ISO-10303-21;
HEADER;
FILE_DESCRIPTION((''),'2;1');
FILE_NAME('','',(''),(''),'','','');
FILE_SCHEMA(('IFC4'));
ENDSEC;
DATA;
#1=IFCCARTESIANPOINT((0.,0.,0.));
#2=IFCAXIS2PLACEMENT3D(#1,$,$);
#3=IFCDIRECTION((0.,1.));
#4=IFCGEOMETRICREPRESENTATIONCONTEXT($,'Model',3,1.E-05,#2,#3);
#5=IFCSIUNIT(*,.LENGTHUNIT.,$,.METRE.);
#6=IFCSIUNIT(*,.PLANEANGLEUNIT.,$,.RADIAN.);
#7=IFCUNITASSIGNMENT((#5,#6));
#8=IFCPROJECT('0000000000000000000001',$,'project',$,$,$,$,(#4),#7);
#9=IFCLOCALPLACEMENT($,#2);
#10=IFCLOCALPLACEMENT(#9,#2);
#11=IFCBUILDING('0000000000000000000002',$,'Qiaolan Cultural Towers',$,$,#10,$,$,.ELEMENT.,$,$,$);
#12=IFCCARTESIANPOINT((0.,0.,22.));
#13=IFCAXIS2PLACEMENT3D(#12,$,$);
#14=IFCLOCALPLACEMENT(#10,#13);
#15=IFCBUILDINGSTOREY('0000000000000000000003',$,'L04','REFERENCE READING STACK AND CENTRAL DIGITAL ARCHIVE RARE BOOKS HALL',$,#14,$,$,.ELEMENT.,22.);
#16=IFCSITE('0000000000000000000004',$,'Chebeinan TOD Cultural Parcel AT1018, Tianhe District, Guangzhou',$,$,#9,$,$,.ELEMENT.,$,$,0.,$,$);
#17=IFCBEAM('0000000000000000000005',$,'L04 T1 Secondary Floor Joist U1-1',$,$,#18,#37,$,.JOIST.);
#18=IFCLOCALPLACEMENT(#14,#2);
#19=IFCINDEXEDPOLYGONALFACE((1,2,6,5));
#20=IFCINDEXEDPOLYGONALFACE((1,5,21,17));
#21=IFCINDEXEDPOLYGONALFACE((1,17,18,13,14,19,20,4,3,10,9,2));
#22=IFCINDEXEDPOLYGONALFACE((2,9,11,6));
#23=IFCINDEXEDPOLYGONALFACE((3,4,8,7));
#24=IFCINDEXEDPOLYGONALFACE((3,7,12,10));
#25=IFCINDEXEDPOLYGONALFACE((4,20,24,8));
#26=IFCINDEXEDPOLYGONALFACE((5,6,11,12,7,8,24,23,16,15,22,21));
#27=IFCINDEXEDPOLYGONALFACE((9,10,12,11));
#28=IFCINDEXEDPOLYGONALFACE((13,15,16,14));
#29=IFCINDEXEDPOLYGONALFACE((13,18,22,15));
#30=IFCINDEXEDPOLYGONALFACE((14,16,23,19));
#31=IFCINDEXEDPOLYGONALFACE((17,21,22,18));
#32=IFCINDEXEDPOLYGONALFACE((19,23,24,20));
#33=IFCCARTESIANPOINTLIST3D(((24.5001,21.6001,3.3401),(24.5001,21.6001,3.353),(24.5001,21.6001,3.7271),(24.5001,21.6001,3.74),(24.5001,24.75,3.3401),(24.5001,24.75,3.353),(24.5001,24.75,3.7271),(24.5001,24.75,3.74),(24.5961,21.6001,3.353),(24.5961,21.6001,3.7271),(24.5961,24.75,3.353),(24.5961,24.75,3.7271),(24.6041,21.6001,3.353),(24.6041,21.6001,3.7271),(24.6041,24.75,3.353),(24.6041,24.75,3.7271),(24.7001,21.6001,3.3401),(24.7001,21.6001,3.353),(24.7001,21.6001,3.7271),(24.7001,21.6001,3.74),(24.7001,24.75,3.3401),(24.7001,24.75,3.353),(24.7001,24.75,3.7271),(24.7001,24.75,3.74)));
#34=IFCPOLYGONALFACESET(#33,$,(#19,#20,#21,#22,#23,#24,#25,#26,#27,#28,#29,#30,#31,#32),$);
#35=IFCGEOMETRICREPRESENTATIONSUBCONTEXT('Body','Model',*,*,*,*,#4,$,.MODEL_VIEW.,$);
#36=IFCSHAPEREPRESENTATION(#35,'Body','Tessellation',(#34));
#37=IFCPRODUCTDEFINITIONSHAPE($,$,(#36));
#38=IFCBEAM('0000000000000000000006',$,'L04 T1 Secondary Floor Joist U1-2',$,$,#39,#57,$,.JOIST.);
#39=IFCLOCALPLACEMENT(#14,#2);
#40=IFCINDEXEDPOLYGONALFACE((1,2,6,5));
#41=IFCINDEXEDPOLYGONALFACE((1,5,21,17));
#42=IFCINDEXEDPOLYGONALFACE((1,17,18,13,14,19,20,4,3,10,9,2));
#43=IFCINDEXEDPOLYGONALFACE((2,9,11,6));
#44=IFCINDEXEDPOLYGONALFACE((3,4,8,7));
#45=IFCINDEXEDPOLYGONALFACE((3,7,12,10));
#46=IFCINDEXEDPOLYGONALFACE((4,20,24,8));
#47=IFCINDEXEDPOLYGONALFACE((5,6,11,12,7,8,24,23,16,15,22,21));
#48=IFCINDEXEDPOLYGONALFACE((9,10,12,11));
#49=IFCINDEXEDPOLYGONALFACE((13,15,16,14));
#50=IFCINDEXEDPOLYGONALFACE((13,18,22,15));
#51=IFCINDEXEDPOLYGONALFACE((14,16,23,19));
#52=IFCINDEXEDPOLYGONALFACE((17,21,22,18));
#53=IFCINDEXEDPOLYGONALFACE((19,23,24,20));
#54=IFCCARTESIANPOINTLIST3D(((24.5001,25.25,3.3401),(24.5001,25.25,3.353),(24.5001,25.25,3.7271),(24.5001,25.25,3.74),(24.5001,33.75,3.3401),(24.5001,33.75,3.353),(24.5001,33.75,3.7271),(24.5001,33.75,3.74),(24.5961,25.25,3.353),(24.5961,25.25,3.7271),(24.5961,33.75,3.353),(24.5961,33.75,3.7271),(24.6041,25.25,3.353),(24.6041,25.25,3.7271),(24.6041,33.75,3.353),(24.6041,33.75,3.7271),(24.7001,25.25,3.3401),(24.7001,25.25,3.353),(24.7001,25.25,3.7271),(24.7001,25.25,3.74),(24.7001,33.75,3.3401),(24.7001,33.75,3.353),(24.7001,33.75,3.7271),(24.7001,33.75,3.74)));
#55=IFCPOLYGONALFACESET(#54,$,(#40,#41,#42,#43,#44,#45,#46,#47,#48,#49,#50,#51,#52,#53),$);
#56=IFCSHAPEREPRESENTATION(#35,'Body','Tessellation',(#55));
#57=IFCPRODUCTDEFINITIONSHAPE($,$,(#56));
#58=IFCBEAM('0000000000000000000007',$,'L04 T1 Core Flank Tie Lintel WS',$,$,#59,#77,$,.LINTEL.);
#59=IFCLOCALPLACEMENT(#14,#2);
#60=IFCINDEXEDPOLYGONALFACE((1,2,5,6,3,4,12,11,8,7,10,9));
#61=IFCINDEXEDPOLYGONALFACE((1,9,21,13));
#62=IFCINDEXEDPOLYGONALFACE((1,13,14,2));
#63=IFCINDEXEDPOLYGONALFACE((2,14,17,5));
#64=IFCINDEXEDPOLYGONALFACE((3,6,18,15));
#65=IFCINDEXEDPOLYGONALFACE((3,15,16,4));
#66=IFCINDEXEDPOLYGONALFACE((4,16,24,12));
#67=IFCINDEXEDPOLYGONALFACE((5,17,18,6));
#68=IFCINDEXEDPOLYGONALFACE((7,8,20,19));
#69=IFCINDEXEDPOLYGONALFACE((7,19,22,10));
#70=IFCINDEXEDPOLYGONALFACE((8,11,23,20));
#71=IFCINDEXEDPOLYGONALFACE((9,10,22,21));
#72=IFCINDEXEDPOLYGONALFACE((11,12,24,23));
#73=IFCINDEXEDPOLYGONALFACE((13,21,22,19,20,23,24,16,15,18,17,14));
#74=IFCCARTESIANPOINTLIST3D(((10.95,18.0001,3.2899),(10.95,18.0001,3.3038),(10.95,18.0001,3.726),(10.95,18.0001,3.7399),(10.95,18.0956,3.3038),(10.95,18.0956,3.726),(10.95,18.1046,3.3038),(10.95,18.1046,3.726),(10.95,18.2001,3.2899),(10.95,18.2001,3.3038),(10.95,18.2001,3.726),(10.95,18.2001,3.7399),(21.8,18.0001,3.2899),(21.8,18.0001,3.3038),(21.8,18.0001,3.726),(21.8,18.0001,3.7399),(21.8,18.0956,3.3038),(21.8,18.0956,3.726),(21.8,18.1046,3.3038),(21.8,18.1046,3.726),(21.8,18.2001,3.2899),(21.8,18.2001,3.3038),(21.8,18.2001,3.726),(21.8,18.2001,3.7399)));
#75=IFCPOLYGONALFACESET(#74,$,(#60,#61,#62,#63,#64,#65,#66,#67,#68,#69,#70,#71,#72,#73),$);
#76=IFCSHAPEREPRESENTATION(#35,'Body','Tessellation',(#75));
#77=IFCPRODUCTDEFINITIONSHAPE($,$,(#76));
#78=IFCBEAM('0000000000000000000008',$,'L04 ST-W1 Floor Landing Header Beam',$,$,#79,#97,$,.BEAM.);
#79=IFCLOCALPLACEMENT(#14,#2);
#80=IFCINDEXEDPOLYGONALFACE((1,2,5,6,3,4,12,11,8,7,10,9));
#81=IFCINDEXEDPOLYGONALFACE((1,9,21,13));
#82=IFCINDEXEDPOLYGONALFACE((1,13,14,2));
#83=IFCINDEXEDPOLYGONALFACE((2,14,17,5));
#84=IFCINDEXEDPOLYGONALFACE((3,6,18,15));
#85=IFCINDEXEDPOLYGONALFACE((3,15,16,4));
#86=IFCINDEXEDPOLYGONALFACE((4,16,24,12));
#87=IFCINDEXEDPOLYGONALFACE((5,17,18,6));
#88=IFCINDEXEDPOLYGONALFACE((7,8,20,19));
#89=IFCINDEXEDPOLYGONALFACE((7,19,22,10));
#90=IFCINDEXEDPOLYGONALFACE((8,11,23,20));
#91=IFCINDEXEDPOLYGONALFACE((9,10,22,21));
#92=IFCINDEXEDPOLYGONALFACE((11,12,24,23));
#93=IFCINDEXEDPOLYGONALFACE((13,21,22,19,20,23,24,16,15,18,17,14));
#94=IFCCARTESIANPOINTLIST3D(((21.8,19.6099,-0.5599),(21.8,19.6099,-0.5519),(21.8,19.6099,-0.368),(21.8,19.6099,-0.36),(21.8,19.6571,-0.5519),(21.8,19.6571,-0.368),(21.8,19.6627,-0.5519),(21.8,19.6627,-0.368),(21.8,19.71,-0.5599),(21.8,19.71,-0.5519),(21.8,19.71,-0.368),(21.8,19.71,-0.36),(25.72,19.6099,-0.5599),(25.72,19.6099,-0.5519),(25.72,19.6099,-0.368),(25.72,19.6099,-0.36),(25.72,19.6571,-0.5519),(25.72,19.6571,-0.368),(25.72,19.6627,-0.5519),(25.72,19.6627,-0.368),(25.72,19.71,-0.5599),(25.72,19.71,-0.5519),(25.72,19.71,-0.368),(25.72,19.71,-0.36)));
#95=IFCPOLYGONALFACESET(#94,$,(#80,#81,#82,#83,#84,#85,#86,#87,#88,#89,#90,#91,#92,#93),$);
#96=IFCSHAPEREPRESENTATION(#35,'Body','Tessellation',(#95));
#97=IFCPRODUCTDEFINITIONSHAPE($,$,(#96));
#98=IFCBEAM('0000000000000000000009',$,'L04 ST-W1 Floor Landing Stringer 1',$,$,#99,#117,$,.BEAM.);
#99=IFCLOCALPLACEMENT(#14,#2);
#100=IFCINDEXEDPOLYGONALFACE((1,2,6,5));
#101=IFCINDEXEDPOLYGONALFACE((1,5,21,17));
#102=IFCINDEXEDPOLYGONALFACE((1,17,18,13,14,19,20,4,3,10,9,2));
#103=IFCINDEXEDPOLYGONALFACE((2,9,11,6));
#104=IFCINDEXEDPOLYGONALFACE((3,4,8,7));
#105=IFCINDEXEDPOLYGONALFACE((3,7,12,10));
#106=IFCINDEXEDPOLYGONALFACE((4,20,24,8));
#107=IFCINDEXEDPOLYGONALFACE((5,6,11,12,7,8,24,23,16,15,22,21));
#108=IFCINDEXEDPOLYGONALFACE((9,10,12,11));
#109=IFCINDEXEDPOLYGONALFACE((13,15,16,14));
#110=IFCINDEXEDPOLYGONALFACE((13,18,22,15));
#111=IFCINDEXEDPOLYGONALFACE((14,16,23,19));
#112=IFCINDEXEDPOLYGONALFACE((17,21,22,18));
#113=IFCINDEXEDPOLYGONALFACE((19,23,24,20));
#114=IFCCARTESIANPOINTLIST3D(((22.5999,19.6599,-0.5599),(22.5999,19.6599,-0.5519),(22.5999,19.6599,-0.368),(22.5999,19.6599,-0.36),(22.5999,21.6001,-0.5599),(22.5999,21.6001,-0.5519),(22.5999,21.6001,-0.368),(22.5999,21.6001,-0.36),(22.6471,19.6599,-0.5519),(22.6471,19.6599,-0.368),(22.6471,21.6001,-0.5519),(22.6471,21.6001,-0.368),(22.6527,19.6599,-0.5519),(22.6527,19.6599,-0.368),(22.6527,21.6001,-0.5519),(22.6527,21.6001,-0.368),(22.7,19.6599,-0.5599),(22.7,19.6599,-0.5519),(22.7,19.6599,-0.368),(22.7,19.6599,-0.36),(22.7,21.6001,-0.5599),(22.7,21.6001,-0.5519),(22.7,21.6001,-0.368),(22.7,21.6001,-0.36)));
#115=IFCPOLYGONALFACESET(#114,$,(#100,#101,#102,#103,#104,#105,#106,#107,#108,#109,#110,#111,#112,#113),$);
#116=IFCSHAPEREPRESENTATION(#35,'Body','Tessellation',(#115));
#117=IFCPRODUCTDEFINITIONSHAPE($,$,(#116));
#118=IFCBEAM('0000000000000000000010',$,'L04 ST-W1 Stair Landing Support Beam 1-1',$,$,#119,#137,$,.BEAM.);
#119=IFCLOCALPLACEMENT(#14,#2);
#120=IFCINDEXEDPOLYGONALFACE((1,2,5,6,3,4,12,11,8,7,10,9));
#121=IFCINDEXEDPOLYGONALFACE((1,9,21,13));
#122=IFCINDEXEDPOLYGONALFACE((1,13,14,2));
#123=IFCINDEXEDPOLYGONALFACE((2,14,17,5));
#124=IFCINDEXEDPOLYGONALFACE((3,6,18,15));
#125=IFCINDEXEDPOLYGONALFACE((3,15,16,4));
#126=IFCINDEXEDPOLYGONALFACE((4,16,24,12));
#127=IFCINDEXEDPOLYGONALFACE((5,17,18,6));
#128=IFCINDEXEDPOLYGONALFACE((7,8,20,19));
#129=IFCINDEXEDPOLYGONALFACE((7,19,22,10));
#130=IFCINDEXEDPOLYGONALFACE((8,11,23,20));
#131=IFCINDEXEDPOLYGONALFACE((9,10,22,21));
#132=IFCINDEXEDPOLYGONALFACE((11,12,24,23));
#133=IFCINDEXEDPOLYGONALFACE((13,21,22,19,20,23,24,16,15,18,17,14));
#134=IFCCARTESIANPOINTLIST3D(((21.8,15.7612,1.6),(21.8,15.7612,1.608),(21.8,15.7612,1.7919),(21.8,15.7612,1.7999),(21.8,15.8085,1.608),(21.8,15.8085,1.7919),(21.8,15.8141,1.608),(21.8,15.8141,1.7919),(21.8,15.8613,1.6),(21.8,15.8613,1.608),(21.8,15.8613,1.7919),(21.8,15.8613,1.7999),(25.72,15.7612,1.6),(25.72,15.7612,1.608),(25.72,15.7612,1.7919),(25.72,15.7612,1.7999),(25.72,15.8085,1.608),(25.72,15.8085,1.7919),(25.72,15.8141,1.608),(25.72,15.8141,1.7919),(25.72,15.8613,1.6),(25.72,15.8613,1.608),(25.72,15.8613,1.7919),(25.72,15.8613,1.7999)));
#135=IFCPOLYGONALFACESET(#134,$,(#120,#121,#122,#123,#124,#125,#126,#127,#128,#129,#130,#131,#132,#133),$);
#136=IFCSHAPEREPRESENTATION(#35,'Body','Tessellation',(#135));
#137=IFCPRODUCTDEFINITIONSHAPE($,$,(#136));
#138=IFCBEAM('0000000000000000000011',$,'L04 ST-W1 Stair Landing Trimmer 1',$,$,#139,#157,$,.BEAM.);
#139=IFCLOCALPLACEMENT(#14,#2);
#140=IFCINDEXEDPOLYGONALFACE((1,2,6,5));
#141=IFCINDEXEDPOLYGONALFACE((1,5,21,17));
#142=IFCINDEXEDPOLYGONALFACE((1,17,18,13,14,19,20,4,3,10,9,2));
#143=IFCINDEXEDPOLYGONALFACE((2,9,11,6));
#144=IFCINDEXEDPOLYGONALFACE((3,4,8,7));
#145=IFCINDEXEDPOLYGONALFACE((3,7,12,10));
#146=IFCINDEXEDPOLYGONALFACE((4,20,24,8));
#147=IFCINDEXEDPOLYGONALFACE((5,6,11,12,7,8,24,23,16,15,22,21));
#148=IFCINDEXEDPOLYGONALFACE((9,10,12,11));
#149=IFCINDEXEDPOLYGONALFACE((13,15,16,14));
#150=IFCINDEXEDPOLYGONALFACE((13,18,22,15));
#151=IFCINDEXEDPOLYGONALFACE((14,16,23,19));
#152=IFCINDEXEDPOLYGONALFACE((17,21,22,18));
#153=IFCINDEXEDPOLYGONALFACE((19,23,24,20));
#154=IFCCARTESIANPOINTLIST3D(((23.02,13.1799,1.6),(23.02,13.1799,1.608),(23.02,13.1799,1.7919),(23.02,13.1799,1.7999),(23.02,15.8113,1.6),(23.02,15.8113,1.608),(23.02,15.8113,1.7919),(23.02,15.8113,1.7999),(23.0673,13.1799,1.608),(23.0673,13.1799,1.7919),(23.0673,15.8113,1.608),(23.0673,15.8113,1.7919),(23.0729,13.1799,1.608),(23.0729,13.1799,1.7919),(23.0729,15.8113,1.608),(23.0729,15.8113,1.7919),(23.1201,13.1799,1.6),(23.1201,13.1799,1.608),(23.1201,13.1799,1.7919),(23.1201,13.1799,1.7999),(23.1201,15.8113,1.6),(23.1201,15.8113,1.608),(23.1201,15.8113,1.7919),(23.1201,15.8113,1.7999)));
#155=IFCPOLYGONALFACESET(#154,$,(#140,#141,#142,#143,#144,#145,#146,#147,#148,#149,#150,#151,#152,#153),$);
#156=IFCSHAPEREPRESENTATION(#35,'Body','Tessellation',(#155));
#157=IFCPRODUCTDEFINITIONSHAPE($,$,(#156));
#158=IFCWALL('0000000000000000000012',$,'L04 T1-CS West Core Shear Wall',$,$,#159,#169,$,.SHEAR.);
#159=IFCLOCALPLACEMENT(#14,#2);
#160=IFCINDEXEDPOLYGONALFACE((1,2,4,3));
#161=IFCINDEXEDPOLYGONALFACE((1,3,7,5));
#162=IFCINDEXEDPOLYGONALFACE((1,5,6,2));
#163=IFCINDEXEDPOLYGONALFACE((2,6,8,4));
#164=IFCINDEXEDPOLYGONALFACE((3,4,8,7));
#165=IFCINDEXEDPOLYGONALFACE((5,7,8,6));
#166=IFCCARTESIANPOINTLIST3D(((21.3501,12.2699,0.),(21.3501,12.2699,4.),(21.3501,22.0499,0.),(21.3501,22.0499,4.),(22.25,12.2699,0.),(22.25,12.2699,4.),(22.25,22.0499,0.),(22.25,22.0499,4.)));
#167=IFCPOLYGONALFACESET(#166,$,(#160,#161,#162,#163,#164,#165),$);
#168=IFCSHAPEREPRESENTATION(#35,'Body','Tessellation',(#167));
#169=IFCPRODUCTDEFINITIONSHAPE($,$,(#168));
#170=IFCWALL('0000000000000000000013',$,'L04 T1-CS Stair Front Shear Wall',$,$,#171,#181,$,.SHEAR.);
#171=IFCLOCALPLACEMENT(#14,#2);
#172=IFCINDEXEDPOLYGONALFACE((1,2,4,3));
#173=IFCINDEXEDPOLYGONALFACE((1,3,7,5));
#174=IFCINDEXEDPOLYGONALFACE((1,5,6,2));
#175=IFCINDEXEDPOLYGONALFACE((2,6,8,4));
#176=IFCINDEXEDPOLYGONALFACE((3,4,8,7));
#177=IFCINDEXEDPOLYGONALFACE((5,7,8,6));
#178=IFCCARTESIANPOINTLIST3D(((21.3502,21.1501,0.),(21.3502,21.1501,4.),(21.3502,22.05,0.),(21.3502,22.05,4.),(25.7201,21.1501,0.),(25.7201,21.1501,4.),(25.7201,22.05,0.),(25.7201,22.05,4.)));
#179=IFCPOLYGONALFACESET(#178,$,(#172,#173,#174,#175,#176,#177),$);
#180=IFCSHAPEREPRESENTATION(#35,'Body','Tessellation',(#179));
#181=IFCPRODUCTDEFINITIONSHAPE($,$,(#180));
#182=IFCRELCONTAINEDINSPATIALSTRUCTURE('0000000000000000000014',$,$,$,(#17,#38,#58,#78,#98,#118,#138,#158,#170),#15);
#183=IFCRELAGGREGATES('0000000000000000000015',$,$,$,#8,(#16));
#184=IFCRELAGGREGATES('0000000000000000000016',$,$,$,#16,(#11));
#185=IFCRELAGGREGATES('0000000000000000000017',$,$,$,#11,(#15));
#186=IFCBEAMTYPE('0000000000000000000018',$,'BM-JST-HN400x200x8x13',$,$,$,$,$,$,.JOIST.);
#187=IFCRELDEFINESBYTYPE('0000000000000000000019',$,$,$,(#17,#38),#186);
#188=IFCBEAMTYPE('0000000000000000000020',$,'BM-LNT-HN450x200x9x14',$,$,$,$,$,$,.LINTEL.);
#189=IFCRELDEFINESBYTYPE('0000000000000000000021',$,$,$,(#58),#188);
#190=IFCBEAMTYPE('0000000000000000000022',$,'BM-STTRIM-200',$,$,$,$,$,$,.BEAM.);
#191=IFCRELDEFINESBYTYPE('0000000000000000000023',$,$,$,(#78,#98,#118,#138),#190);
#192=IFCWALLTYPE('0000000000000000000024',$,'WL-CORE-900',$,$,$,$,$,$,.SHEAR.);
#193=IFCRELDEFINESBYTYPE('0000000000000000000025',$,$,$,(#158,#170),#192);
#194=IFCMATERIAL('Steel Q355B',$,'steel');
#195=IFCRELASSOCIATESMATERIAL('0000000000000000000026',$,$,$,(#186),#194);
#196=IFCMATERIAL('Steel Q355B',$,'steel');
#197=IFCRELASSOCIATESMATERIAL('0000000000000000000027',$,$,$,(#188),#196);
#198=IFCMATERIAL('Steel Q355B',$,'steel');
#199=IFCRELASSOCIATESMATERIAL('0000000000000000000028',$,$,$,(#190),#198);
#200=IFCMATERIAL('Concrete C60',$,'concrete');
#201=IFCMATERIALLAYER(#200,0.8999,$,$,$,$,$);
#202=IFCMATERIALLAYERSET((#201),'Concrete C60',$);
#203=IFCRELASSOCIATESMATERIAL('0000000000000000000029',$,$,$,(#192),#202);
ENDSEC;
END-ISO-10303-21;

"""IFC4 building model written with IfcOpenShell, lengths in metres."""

from ifc_helpers import new_model, si_unit, direction, frame, frame_2d, origin, origin_2d, place, context, subcontext, project, spatial, rectangle, i_section, extrude, material, layer, layer_set, material_profile, profile_set, type_object, element, save


model = new_model("IFC4")

# Units and contexts
model_context = context("Model", 3, precision=1e-05, world=origin(), true_north=direction((0.0, 1.0)))
body_context = subcontext(model_context, "Body", "Model", "MODEL_VIEW")
ifc_project = project(units=[si_unit("LENGTHUNIT", "METRE"), si_unit("PLANEANGLEUNIT", "RADIAN")], contexts=[model_context])

# Site, building, storey
site_placement = place(None, origin())
site = spatial("IfcSite", under=ifc_project, at=site_placement, Name="Chebeinan TOD Cultural Parcel AT1018, Tianhe District, Guangzhou", CompositionType="ELEMENT", RefElevation=0.0)
building_placement = place(site_placement, origin())
building = spatial("IfcBuilding", under=site, at=building_placement, Name="Qiaolan Cultural Towers", CompositionType="ELEMENT")
storey_placement = place(building_placement, frame((0.0, 0.0, 22.0)))
storey = spatial("IfcBuildingStorey", under=building, at=storey_placement, Name="L04", Description="REFERENCE READING STACK AND CENTRAL DIGITAL ARCHIVE RARE BOOKS HALL", CompositionType="ELEMENT", Elevation=22.0)

# Beams
ifc_material_1 = material(Name="Steel Q355B", Category="steel")
ifc_material_profile_1 = material_profile(ifc_material_1, i_section(OverallWidth=0.2, OverallDepth=0.3999, WebThickness=0.0081, FlangeThickness=0.0129, at=origin_2d()), Name="HN400x200x8x13")
ifc_profile_set_1 = profile_set([ifc_material_profile_1], Name="Steel Q355B")
beam_type_1 = type_object("IfcBeamType", Name="BM-JST-HN400x200x8x13", PredefinedType="JOIST", material=ifc_profile_set_1)
beam_1_placement = place(storey_placement, frame((24.6001, 21.6001, 3.54), z_axis=(0.0, 1.0, 0.0), x_axis=(-1.0, 0.0, 0.0)))
element("IfcBeam", 1, at=beam_1_placement, inside=storey, type_object=beam_type_1, Name="L04 T1 Secondary Floor Joist U1-1", PredefinedType="JOIST", context=body_context, shape_type="SweptSolid", body=[
    extrude(i_section(OverallWidth=0.2, OverallDepth=0.3999, WebThickness=0.0081, FlangeThickness=0.0129, at=origin_2d()), origin(), (0.0, 0.0, 1.0), 3.1499),
])
beam_2_placement = place(storey_placement, frame((24.6001, 25.25, 3.54), z_axis=(0.0, 1.0, 0.0), x_axis=(-1.0, 0.0, 0.0)))
element("IfcBeam", 2, at=beam_2_placement, inside=storey, type_object=beam_type_1, Name="L04 T1 Secondary Floor Joist U1-2", PredefinedType="JOIST", context=body_context, shape_type="SweptSolid", body=[
    extrude(i_section(OverallWidth=0.2, OverallDepth=0.3999, WebThickness=0.0081, FlangeThickness=0.0129, at=origin_2d()), origin(), (0.0, 0.0, 1.0), 8.5),
])
ifc_material_2 = material(Name="Steel Q355B", Category="steel")
ifc_material_profile_2 = material_profile(ifc_material_2, i_section(OverallWidth=0.2, OverallDepth=0.45, WebThickness=0.009, FlangeThickness=0.0139, at=origin_2d()), Name="HN450x200x9x14")
ifc_profile_set_2 = profile_set([ifc_material_profile_2], Name="Steel Q355B")
beam_type_2 = type_object("IfcBeamType", Name="BM-LNT-HN450x200x9x14", PredefinedType="LINTEL", material=ifc_profile_set_2)
beam_3_placement = place(storey_placement, frame((21.8, 18.1001, 3.5149), z_axis=(-1.0, 0.0, 0.0), x_axis=(0.0, -1.0, 0.0)))
element("IfcBeam", 3, at=beam_3_placement, inside=storey, type_object=beam_type_2, Name="L04 T1 Core Flank Tie Lintel WS", PredefinedType="LINTEL", context=body_context, shape_type="SweptSolid", body=[
    extrude(i_section(OverallWidth=0.2, OverallDepth=0.45, WebThickness=0.009, FlangeThickness=0.0139, at=origin_2d()), origin(), (0.0, 0.0, 1.0), 10.8501),
])
ifc_material_3 = material(Name="Steel Q355B", Category="steel")
ifc_material_profile_3 = material_profile(ifc_material_3, i_section(OverallWidth=0.1001, OverallDepth=0.2, WebThickness=0.0056, FlangeThickness=0.0081, at=origin_2d()), Name="HN200x100x5.5x8")
ifc_profile_set_3 = profile_set([ifc_material_profile_3], Name="Steel Q355B")
beam_type_3 = type_object("IfcBeamType", Name="BM-STTRIM-200", PredefinedType="BEAM", material=ifc_profile_set_3)
beam_4_placement = place(storey_placement, frame((21.8, 19.6599, -0.46), z_axis=(1.0, 0.0, 0.0), x_axis=(0.0, 1.0, 0.0)))
element("IfcBeam", 4, at=beam_4_placement, inside=storey, type_object=beam_type_3, Name="L04 ST-W1 Floor Landing Header Beam", PredefinedType="BEAM", context=body_context, shape_type="SweptSolid", body=[
    extrude(i_section(OverallWidth=0.1001, OverallDepth=0.2, WebThickness=0.0056, FlangeThickness=0.0081, at=origin_2d()), origin(), (0.0, 0.0, 1.0), 3.9199),
])
beam_5_placement = place(storey_placement, frame((22.6499, 21.6001, -0.46), z_axis=(0.0, -1.0, 0.0), x_axis=(1.0, 0.0, 0.0)))
element("IfcBeam", 5, at=beam_5_placement, inside=storey, type_object=beam_type_3, Name="L04 ST-W1 Floor Landing Stringer 1", PredefinedType="BEAM", context=body_context, shape_type="SweptSolid", body=[
    extrude(i_section(OverallWidth=0.1001, OverallDepth=0.2, WebThickness=0.0056, FlangeThickness=0.0081, at=origin_2d()), origin(), (0.0, 0.0, 1.0), 1.9402),
])
beam_6_placement = place(storey_placement, frame((21.8, 15.8113, 1.7), z_axis=(1.0, 0.0, 0.0), x_axis=(0.0, 1.0, 0.0)))
element("IfcBeam", 6, at=beam_6_placement, inside=storey, type_object=beam_type_3, Name="L04 ST-W1 Stair Landing Support Beam 1-1", PredefinedType="BEAM", context=body_context, shape_type="SweptSolid", body=[
    extrude(i_section(OverallWidth=0.1001, OverallDepth=0.2, WebThickness=0.0056, FlangeThickness=0.0081, at=origin_2d()), origin(), (0.0, 0.0, 1.0), 3.9199),
])
beam_7_placement = place(storey_placement, frame((23.0701, 15.8113, 1.7), z_axis=(0.0, -1.0, 0.0), x_axis=(1.0, 0.0, 0.0)))
element("IfcBeam", 7, at=beam_7_placement, inside=storey, type_object=beam_type_3, Name="L04 ST-W1 Stair Landing Trimmer 1", PredefinedType="BEAM", context=body_context, shape_type="SweptSolid", body=[
    extrude(i_section(OverallWidth=0.1001, OverallDepth=0.2, WebThickness=0.0056, FlangeThickness=0.0081, at=origin_2d()), origin(), (0.0, 0.0, 1.0), 2.6313),
])

# Walls
ifc_material_4 = material(Name="Concrete C60", Category="concrete")
ifc_layer_1 = layer(ifc_material_4, 0.8999)
ifc_layer_set_1 = layer_set([ifc_layer_1], Name="Concrete C60")
wall_type_1 = type_object("IfcWallType", Name="WL-CORE-900", PredefinedType="SHEAR", material=ifc_layer_set_1)
wall_1_placement = place(storey_placement, frame((21.8, 22.05, 0.0), z_axis=(0.0, 0.0, 1.0), x_axis=(0.0, -1.0, 0.0)))
element("IfcWall", 8, at=wall_1_placement, inside=storey, type_object=wall_type_1, Name="L04 T1-CS West Core Shear Wall", PredefinedType="SHEAR", context=body_context, shape_type="SweptSolid", body=[
    extrude(rectangle(XDim=9.78, YDim=0.8999, at=frame_2d((4.8901, 0.0))), origin(), (0.0, 0.0, 1.0), 4.0),
])
wall_2_placement = place(storey_placement, frame((21.3501, 21.6001, 0.0), z_axis=(0.0, 0.0, 1.0), x_axis=(1.0, 0.0, 0.0)))
element("IfcWall", 9, at=wall_2_placement, inside=storey, type_object=wall_type_1, Name="L04 T1-CS Stair Front Shear Wall", PredefinedType="SHEAR", context=body_context, shape_type="SweptSolid", body=[
    extrude(rectangle(XDim=4.3699, YDim=0.8999, at=frame_2d((2.1851, 0.0))), origin(), (0.0, 0.0, 1.0), 4.0),
])

save(model, "model.ifc")
